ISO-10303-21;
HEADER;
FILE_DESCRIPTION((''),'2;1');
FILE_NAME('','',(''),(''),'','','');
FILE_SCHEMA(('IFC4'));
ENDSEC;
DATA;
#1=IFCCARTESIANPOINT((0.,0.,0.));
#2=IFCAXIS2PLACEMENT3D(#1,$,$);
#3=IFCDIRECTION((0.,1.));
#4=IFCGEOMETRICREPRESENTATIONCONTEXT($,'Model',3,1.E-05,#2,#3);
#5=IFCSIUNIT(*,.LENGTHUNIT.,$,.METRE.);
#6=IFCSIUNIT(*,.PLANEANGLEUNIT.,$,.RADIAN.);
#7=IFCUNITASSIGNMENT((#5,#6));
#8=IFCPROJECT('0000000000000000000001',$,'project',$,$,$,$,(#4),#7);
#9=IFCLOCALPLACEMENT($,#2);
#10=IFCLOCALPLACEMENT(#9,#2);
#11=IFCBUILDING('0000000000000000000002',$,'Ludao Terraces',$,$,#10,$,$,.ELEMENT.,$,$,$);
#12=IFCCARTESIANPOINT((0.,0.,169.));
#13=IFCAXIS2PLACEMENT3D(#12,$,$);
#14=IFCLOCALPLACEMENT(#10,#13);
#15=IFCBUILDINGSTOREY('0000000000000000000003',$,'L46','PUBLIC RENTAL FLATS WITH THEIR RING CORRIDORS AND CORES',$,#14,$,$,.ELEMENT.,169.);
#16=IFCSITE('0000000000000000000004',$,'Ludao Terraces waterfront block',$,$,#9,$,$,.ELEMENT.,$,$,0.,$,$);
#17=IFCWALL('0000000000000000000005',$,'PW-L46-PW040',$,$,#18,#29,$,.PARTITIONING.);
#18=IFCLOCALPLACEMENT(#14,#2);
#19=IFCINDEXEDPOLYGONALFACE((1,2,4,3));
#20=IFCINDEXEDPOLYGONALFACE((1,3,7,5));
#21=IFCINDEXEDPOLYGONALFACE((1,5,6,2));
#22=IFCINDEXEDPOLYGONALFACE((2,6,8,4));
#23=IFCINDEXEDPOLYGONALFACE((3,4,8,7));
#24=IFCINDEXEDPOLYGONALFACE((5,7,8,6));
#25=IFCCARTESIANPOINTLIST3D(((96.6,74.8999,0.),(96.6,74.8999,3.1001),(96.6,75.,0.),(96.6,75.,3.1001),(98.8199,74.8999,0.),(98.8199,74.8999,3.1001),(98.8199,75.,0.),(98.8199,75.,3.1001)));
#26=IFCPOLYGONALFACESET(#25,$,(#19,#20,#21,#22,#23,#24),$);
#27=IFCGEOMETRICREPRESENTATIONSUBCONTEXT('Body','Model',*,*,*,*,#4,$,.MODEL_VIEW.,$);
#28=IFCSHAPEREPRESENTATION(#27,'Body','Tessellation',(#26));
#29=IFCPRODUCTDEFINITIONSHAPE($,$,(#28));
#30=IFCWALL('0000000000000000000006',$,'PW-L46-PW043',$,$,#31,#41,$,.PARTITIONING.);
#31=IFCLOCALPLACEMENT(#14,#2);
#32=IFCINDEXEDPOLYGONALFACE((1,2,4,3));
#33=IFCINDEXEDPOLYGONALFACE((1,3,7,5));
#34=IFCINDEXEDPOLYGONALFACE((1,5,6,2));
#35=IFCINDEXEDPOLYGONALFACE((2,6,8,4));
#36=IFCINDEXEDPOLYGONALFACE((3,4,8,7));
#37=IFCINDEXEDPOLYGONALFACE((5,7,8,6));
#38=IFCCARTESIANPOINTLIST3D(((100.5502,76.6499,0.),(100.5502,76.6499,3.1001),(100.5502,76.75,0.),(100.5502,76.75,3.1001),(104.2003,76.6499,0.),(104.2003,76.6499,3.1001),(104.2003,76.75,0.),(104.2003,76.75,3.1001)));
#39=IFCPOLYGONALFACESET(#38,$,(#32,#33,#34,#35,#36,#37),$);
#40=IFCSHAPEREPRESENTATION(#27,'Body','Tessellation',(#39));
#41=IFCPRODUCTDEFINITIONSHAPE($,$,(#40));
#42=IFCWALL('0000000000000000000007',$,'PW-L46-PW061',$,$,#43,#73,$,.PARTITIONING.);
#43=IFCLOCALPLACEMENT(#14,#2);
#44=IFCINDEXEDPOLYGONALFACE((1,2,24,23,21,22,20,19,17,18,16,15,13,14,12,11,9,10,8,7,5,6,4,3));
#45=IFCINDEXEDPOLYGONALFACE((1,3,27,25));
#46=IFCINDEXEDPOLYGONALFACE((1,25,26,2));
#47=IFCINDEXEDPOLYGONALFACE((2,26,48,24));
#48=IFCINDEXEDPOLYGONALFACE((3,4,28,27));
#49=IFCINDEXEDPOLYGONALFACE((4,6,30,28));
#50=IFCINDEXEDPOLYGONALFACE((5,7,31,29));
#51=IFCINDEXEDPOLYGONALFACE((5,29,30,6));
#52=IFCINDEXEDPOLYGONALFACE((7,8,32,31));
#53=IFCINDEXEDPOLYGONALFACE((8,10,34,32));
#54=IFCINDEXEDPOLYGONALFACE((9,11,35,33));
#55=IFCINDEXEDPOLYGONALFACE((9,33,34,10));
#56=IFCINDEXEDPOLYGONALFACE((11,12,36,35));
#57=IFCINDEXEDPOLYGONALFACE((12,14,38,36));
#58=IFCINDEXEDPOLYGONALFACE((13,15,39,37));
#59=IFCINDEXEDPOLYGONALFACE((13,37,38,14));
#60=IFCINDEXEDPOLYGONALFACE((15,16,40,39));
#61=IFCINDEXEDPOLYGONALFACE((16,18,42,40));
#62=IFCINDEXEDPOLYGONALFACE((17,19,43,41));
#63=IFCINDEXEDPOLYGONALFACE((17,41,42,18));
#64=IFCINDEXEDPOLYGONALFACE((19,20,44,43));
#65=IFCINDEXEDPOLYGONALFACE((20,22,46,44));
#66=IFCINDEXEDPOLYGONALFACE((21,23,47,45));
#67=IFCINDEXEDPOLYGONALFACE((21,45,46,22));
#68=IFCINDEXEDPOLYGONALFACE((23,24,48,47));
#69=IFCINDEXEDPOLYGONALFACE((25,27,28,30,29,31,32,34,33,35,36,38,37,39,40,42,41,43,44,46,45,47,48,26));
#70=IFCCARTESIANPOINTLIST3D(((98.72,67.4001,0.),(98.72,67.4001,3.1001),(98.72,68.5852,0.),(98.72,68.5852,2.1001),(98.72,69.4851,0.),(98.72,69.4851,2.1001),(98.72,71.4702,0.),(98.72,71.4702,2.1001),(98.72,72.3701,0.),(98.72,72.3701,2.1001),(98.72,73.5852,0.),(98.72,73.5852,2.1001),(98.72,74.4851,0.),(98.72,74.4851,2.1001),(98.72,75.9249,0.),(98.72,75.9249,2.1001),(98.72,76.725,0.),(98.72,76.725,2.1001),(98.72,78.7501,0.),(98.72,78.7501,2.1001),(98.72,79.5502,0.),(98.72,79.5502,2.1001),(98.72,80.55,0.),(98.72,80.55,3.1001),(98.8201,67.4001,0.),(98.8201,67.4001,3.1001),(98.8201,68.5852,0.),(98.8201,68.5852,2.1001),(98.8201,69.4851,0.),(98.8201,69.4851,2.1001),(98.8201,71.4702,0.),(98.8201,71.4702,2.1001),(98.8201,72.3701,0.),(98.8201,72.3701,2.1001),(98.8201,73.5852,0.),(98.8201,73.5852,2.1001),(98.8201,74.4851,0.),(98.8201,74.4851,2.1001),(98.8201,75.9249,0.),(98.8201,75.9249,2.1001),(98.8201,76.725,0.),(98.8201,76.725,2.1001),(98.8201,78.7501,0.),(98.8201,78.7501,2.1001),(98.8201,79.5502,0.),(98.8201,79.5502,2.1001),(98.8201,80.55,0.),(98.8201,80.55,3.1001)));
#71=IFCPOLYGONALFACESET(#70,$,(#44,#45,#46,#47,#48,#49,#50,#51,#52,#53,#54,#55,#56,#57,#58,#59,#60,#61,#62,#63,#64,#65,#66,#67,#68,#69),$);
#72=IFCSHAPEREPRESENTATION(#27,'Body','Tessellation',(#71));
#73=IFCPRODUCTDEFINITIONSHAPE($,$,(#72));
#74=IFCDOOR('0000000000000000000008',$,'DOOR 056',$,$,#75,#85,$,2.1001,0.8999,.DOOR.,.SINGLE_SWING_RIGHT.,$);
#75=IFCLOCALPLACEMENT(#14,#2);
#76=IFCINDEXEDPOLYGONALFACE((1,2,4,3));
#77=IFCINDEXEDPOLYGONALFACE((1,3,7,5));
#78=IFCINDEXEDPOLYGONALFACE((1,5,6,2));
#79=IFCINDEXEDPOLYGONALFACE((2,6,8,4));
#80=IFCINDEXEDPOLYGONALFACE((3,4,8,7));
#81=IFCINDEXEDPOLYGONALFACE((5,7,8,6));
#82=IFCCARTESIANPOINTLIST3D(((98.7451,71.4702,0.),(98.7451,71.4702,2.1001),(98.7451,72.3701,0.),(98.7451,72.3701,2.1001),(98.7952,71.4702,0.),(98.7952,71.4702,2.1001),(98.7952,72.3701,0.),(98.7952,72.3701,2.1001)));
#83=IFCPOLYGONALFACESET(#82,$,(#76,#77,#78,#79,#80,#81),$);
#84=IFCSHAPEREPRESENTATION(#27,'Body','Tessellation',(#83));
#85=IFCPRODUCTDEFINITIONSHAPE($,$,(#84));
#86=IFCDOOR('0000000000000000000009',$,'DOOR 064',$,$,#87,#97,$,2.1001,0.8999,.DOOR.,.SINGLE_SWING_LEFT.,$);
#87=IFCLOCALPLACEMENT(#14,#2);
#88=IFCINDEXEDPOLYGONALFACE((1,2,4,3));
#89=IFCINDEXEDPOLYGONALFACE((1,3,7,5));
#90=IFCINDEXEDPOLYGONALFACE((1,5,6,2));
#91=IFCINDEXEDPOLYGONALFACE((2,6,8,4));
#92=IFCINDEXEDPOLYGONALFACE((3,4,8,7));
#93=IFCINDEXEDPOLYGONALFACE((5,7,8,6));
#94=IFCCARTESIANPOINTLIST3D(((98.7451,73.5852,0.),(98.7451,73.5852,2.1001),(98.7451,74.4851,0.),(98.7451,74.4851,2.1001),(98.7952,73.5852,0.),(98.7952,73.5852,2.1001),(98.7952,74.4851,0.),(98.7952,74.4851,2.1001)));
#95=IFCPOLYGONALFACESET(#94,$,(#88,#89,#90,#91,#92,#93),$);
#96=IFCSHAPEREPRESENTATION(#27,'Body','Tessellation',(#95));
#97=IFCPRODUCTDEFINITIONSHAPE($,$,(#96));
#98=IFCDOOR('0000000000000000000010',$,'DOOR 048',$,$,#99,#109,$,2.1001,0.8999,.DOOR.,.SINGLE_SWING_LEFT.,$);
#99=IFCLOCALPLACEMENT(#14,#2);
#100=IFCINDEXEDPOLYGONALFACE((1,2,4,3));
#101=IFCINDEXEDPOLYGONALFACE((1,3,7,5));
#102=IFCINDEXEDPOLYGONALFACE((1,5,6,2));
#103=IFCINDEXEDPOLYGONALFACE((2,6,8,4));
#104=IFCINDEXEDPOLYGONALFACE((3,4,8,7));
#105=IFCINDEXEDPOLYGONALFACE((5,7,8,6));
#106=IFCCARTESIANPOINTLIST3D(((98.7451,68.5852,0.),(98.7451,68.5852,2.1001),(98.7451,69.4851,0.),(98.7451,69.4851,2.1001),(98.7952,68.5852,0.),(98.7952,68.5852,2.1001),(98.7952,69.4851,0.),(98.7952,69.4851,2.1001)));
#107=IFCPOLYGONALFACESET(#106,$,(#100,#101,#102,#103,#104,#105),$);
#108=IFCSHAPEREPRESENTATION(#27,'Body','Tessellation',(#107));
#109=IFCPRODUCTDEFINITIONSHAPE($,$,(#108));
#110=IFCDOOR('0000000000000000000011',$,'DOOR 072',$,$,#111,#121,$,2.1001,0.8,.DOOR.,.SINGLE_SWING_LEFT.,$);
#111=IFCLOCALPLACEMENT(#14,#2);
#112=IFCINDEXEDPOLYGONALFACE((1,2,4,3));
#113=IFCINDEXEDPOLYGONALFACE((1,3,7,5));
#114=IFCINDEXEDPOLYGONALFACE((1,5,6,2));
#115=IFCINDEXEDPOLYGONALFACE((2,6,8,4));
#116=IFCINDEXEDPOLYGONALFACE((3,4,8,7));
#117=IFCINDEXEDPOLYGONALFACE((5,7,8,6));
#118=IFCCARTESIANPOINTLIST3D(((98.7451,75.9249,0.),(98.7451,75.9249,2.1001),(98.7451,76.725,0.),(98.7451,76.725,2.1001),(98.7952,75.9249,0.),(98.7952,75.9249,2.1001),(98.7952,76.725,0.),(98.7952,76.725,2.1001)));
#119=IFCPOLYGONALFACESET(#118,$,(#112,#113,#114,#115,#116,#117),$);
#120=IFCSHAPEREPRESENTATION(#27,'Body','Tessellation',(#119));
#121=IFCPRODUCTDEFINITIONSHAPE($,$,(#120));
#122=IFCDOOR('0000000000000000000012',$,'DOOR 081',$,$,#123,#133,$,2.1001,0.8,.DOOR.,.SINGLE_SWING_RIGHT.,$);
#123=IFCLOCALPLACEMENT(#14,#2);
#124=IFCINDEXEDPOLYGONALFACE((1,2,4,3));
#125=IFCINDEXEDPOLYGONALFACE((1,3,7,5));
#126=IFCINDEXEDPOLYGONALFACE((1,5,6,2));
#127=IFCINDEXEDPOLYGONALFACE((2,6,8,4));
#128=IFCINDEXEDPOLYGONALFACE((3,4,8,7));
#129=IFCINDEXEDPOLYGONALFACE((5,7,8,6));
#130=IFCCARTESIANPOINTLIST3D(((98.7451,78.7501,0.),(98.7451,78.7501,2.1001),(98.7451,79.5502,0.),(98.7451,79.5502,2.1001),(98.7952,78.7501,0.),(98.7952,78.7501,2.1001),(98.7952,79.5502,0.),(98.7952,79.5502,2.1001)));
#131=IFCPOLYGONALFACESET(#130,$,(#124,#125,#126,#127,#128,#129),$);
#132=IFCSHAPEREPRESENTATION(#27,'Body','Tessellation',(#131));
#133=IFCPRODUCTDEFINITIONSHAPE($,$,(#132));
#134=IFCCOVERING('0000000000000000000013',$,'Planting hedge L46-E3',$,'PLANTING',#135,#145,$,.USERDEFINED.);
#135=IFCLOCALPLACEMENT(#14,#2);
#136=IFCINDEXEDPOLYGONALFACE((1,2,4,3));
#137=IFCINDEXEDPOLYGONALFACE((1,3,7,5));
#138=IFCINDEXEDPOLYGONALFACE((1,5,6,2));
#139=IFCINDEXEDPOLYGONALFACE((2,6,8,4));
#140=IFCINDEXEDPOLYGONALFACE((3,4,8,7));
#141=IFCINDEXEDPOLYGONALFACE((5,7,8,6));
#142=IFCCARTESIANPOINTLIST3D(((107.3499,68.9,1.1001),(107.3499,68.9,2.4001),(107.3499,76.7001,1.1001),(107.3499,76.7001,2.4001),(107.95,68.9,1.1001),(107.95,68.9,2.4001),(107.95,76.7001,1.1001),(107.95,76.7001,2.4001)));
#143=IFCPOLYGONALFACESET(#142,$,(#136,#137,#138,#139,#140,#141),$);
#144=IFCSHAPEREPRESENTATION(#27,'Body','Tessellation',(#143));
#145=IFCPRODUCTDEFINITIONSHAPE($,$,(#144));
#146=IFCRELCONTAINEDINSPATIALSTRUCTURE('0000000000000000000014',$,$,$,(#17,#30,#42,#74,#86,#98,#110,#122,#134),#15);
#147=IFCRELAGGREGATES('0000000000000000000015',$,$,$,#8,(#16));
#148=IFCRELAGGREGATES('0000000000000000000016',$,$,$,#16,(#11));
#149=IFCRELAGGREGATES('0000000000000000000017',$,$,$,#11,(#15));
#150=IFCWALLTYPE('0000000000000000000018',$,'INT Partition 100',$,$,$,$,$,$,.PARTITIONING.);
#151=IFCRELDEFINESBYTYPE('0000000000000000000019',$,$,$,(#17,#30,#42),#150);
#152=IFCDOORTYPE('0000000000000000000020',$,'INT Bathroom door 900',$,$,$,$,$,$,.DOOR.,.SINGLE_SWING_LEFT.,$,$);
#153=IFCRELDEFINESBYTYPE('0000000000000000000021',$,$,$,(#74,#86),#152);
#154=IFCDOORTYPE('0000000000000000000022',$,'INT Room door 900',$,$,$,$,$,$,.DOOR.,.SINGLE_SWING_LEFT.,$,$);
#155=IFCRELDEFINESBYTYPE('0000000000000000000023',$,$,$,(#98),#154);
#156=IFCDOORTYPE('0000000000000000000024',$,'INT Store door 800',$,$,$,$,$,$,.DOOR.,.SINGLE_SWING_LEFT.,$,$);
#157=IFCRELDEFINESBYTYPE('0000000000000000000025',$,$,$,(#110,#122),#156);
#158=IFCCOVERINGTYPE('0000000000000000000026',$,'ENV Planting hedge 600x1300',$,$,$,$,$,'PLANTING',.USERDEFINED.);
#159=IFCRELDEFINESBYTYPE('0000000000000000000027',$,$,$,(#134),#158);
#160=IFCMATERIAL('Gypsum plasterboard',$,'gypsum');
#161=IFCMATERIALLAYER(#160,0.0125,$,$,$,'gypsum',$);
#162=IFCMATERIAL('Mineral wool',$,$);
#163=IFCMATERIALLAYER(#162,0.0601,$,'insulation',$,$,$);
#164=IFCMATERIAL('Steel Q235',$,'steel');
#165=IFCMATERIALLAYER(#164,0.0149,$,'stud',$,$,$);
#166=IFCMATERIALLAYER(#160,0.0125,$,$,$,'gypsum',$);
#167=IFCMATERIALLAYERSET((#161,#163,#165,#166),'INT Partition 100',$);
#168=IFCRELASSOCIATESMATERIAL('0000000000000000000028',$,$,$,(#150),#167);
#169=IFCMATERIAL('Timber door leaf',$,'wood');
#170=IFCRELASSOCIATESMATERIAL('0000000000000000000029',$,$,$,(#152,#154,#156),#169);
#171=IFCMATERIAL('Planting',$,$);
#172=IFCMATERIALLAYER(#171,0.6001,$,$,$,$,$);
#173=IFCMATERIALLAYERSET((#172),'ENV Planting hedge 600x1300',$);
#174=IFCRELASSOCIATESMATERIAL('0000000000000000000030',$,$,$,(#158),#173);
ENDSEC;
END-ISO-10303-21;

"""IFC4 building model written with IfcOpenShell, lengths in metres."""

from ifc_helpers import new_model, si_unit, direction, frame, frame_2d, origin, origin_2d, place, context, subcontext, project, spatial, rectangle, extrude, material, layer, layer_set, type_object, element, fill, save


model = new_model("IFC4")

# Units and contexts
model_context = context("Model", 3, precision=1e-05, world=origin(), true_north=direction((0.0, 1.0)))
body_context = subcontext(model_context, "Body", "Model", "MODEL_VIEW")
ifc_project = project(units=[si_unit("LENGTHUNIT", "METRE"), si_unit("PLANEANGLEUNIT", "RADIAN")], contexts=[model_context])

# Site, building, storey
site_placement = place(None, origin())
site = spatial("IfcSite", under=ifc_project, at=site_placement, Name="Ludao Terraces waterfront block", CompositionType="ELEMENT", RefElevation=0.0)
building_placement = place(site_placement, origin())
building = spatial("IfcBuilding", under=site, at=building_placement, Name="Ludao Terraces", CompositionType="ELEMENT")
storey_placement = place(building_placement, frame((0.0, 0.0, 169.0)))
storey = spatial("IfcBuildingStorey", under=building, at=storey_placement, Name="L46", Description="PUBLIC RENTAL FLATS WITH THEIR RING CORRIDORS AND CORES", CompositionType="ELEMENT", Elevation=169.0)

# Shared definitions
ifc_material_1 = material(Name="Mineral wool")

# Walls
ifc_material_2 = material(Name="Gypsum plasterboard", Category="gypsum")
ifc_layer_1 = layer(ifc_material_2, 0.0125, Category="gypsum")
ifc_layer_2 = layer(ifc_material_1, 0.0601, Name="insulation")
ifc_material_3 = material(Name="Steel Q235", Category="steel")
ifc_layer_3 = layer(ifc_material_3, 0.0149, Name="stud")
ifc_layer_4 = layer(ifc_material_2, 0.0125, Category="gypsum")
ifc_layer_set_1 = layer_set([ifc_layer_1, ifc_layer_2, ifc_layer_3, ifc_layer_4], Name="INT Partition 100")
wall_type_1 = type_object("IfcWallType", Name="INT Partition 100", PredefinedType="PARTITIONING", material=ifc_layer_set_1)
for number, where, z_axis, x_axis, name in (
    (1, (96.6001, 74.95, 0.0), (0.0, 0.0, 1.0), (1.0, 0.0, 0.0), "PW-L46-PW040"),
):
    element("IfcWall", number, at=place(storey_placement, frame(where, z_axis=z_axis, x_axis=x_axis)), inside=storey, type_object=wall_type_1, Name=name, PredefinedType="PARTITIONING", context=body_context, shape_type="SweptSolid", body=[
        extrude(rectangle(XDim=2.22, YDim=0.1001, at=frame_2d((1.1099, 0.0))), origin(), (0.0, 0.0, 1.0), 3.1001),
    ])
wall_1_placement = place(storey_placement, frame((100.55, 76.7, 0.0), z_axis=(0.0, 0.0, 1.0), x_axis=(1.0, 0.0, 0.0)))
element("IfcWall", 2, at=wall_1_placement, inside=storey, type_object=wall_type_1, Name="PW-L46-PW043", PredefinedType="PARTITIONING", context=body_context, shape_type="SweptSolid", body=[
    extrude(rectangle(XDim=3.6501, YDim=0.1001, at=frame_2d((1.8252, 0.0))), origin(), (0.0, 0.0, 1.0), 3.1001),
])

# Wall, openings, doors
wall_2_placement = place(storey_placement, frame((98.77, 67.4001, 0.0), z_axis=(0.0, 0.0, 1.0), x_axis=(0.0, 1.0, 0.0)))
wall_2 = element("IfcWall", 3, at=wall_2_placement, inside=storey, type_object=wall_type_1, Name="PW-L46-PW061", PredefinedType="PARTITIONING", context=body_context, shape_type="SweptSolid", body=[
    extrude(rectangle(XDim=13.1499, YDim=0.1001, at=frame_2d((6.575, 0.0))), origin(), (0.0, 0.0, 1.0), 3.1001),
])
opening_1_placement = place(wall_2_placement, frame((1.1851, 0.0, 0.0)))
opening_1 = element("IfcOpeningElement", 4, at=opening_1_placement, cuts=wall_2, PredefinedType="OPENING", context=body_context, shape_type="SweptSolid", body=[
    extrude(rectangle(XDim=0.8999, YDim=2.1001, at=frame_2d((0.45, 1.05))), frame((0.0, 0.0601, 0.0), z_axis=(0.0, -1.0, 0.0), x_axis=(1.0, 0.0, 0.0)), (0.0, 0.0, 1.0), 0.1201),
])
opening_2_placement = place(wall_2_placement, frame((4.0701, 0.0, 0.0)))
opening_2 = element("IfcOpeningElement", 5, at=opening_2_placement, cuts=wall_2, PredefinedType="OPENING", context=body_context, shape_type="SweptSolid", body=[
    extrude(rectangle(XDim=0.8999, YDim=2.1001, at=frame_2d((0.45, 1.05))), frame((0.0, 0.0601, 0.0), z_axis=(0.0, -1.0, 0.0), x_axis=(1.0, 0.0, 0.0)), (0.0, 0.0, 1.0), 0.1201),
])
opening_3_placement = place(wall_2_placement, frame((6.1851, 0.0, 0.0)))
opening_3 = element("IfcOpeningElement", 6, at=opening_3_placement, cuts=wall_2, PredefinedType="OPENING", context=body_context, shape_type="SweptSolid", body=[
    extrude(rectangle(XDim=0.8999, YDim=2.1001, at=frame_2d((0.45, 1.05))), frame((0.0, 0.0601, 0.0), z_axis=(0.0, -1.0, 0.0), x_axis=(1.0, 0.0, 0.0)), (0.0, 0.0, 1.0), 0.1201),
])
opening_4_placement = place(wall_2_placement, frame((8.5249, 0.0, 0.0)))
opening_4 = element("IfcOpeningElement", 7, at=opening_4_placement, cuts=wall_2, PredefinedType="OPENING", context=body_context, shape_type="SweptSolid", body=[
    extrude(rectangle(XDim=0.8, YDim=2.1001, at=frame_2d((0.3999, 1.05))), frame((0.0, 0.0601, 0.0), z_axis=(0.0, -1.0, 0.0), x_axis=(1.0, 0.0, 0.0)), (0.0, 0.0, 1.0), 0.1201),
])
opening_5_placement = place(wall_2_placement, frame((11.3501, 0.0, 0.0)))
opening_5 = element("IfcOpeningElement", 8, at=opening_5_placement, cuts=wall_2, PredefinedType="OPENING", context=body_context, shape_type="SweptSolid", body=[
    extrude(rectangle(XDim=0.8, YDim=2.1001, at=frame_2d((0.3999, 1.05))), frame((0.0, 0.0601, 0.0), z_axis=(0.0, -1.0, 0.0), x_axis=(1.0, 0.0, 0.0)), (0.0, 0.0, 1.0), 0.1201),
])
ifc_material_4 = material(Name="Timber door leaf", Category="wood")
door_type_1 = type_object("IfcDoorType", Name="INT Bathroom door 900", OperationType="SINGLE_SWING_LEFT", PredefinedType="DOOR", material=ifc_material_4)
door_1_placement = place(opening_2_placement, origin())
door_1 = element("IfcDoor", 9, at=door_1_placement, inside=storey, type_object=door_type_1, Name="DOOR 056", OperationType="SINGLE_SWING_RIGHT", OverallHeight=2.1001, OverallWidth=0.8999, PredefinedType="DOOR", context=body_context, shape_type="SweptSolid", body=[
    extrude(rectangle(XDim=0.8999, YDim=2.1001, at=frame_2d((0.45, 1.05))), frame((0.0, 0.0249, 0.0), z_axis=(0.0, -1.0, 0.0), x_axis=(1.0, 0.0, 0.0)), (0.0, 0.0, 1.0), 0.05),
])
fill(opening_2, door_1)
door_2_placement = place(opening_3_placement, origin())
door_2 = element("IfcDoor", 10, at=door_2_placement, inside=storey, type_object=door_type_1, Name="DOOR 064", OperationType="SINGLE_SWING_LEFT", OverallHeight=2.1001, OverallWidth=0.8999, PredefinedType="DOOR", context=body_context, shape_type="SweptSolid", body=[
    extrude(rectangle(XDim=0.8999, YDim=2.1001, at=frame_2d((0.45, 1.05))), frame((0.0, 0.0249, 0.0), z_axis=(0.0, -1.0, 0.0), x_axis=(1.0, 0.0, 0.0)), (0.0, 0.0, 1.0), 0.05),
])
fill(opening_3, door_2)
door_type_2 = type_object("IfcDoorType", Name="INT Room door 900", OperationType="SINGLE_SWING_LEFT", PredefinedType="DOOR", material=ifc_material_4)
door_3_placement = place(opening_1_placement, origin())
door_3 = element("IfcDoor", 11, at=door_3_placement, inside=storey, type_object=door_type_2, Name="DOOR 048", OperationType="SINGLE_SWING_LEFT", OverallHeight=2.1001, OverallWidth=0.8999, PredefinedType="DOOR", context=body_context, shape_type="SweptSolid", body=[
    extrude(rectangle(XDim=0.8999, YDim=2.1001, at=frame_2d((0.45, 1.05))), frame((0.0, 0.0249, 0.0), z_axis=(0.0, -1.0, 0.0), x_axis=(1.0, 0.0, 0.0)), (0.0, 0.0, 1.0), 0.05),
])
fill(opening_1, door_3)
door_type_3 = type_object("IfcDoorType", Name="INT Store door 800", OperationType="SINGLE_SWING_LEFT", PredefinedType="DOOR", material=ifc_material_4)
door_4_placement = place(opening_4_placement, origin())
door_4 = element("IfcDoor", 12, at=door_4_placement, inside=storey, type_object=door_type_3, Name="DOOR 072", OperationType="SINGLE_SWING_LEFT", OverallHeight=2.1001, OverallWidth=0.8, PredefinedType="DOOR", context=body_context, shape_type="SweptSolid", body=[
    extrude(rectangle(XDim=0.8, YDim=2.1001, at=frame_2d((0.3999, 1.05))), frame((0.0, 0.0249, 0.0), z_axis=(0.0, -1.0, 0.0), x_axis=(1.0, 0.0, 0.0)), (0.0, 0.0, 1.0), 0.05),
])
fill(opening_4, door_4)
door_5_placement = place(opening_5_placement, origin())
door_5 = element("IfcDoor", 13, at=door_5_placement, inside=storey, type_object=door_type_3, Name="DOOR 081", OperationType="SINGLE_SWING_RIGHT", OverallHeight=2.1001, OverallWidth=0.8, PredefinedType="DOOR", context=body_context, shape_type="SweptSolid", body=[
    extrude(rectangle(XDim=0.8, YDim=2.1001, at=frame_2d((0.3999, 1.05))), frame((0.0, 0.0249, 0.0), z_axis=(0.0, -1.0, 0.0), x_axis=(1.0, 0.0, 0.0)), (0.0, 0.0, 1.0), 0.05),
])
fill(opening_5, door_5)

# Covering
ifc_material_5 = material(Name="Planting")
ifc_layer_5 = layer(ifc_material_5, 0.6001)
ifc_layer_set_2 = layer_set([ifc_layer_5], Name="ENV Planting hedge 600x1300")
covering_type = type_object("IfcCoveringType", Name="ENV Planting hedge 600x1300", ElementType="PLANTING", PredefinedType="USERDEFINED", material=ifc_layer_set_2)
covering_placement = place(storey_placement, frame((107.6499, 72.8, 1.1001), z_axis=(0.0, 0.0, 1.0), x_axis=(1.0, 0.0, 0.0)))
element("IfcCovering", 14, at=covering_placement, inside=storey, type_object=covering_type, Name="Planting hedge L46-E3", ObjectType="PLANTING", PredefinedType="USERDEFINED", context=body_context, shape_type="SweptSolid", body=[
    extrude(rectangle(XDim=0.6001, YDim=7.8, at=origin_2d()), origin(), (0.0, 0.0, 1.0), 1.3),
])

save(model, "model.ifc")
